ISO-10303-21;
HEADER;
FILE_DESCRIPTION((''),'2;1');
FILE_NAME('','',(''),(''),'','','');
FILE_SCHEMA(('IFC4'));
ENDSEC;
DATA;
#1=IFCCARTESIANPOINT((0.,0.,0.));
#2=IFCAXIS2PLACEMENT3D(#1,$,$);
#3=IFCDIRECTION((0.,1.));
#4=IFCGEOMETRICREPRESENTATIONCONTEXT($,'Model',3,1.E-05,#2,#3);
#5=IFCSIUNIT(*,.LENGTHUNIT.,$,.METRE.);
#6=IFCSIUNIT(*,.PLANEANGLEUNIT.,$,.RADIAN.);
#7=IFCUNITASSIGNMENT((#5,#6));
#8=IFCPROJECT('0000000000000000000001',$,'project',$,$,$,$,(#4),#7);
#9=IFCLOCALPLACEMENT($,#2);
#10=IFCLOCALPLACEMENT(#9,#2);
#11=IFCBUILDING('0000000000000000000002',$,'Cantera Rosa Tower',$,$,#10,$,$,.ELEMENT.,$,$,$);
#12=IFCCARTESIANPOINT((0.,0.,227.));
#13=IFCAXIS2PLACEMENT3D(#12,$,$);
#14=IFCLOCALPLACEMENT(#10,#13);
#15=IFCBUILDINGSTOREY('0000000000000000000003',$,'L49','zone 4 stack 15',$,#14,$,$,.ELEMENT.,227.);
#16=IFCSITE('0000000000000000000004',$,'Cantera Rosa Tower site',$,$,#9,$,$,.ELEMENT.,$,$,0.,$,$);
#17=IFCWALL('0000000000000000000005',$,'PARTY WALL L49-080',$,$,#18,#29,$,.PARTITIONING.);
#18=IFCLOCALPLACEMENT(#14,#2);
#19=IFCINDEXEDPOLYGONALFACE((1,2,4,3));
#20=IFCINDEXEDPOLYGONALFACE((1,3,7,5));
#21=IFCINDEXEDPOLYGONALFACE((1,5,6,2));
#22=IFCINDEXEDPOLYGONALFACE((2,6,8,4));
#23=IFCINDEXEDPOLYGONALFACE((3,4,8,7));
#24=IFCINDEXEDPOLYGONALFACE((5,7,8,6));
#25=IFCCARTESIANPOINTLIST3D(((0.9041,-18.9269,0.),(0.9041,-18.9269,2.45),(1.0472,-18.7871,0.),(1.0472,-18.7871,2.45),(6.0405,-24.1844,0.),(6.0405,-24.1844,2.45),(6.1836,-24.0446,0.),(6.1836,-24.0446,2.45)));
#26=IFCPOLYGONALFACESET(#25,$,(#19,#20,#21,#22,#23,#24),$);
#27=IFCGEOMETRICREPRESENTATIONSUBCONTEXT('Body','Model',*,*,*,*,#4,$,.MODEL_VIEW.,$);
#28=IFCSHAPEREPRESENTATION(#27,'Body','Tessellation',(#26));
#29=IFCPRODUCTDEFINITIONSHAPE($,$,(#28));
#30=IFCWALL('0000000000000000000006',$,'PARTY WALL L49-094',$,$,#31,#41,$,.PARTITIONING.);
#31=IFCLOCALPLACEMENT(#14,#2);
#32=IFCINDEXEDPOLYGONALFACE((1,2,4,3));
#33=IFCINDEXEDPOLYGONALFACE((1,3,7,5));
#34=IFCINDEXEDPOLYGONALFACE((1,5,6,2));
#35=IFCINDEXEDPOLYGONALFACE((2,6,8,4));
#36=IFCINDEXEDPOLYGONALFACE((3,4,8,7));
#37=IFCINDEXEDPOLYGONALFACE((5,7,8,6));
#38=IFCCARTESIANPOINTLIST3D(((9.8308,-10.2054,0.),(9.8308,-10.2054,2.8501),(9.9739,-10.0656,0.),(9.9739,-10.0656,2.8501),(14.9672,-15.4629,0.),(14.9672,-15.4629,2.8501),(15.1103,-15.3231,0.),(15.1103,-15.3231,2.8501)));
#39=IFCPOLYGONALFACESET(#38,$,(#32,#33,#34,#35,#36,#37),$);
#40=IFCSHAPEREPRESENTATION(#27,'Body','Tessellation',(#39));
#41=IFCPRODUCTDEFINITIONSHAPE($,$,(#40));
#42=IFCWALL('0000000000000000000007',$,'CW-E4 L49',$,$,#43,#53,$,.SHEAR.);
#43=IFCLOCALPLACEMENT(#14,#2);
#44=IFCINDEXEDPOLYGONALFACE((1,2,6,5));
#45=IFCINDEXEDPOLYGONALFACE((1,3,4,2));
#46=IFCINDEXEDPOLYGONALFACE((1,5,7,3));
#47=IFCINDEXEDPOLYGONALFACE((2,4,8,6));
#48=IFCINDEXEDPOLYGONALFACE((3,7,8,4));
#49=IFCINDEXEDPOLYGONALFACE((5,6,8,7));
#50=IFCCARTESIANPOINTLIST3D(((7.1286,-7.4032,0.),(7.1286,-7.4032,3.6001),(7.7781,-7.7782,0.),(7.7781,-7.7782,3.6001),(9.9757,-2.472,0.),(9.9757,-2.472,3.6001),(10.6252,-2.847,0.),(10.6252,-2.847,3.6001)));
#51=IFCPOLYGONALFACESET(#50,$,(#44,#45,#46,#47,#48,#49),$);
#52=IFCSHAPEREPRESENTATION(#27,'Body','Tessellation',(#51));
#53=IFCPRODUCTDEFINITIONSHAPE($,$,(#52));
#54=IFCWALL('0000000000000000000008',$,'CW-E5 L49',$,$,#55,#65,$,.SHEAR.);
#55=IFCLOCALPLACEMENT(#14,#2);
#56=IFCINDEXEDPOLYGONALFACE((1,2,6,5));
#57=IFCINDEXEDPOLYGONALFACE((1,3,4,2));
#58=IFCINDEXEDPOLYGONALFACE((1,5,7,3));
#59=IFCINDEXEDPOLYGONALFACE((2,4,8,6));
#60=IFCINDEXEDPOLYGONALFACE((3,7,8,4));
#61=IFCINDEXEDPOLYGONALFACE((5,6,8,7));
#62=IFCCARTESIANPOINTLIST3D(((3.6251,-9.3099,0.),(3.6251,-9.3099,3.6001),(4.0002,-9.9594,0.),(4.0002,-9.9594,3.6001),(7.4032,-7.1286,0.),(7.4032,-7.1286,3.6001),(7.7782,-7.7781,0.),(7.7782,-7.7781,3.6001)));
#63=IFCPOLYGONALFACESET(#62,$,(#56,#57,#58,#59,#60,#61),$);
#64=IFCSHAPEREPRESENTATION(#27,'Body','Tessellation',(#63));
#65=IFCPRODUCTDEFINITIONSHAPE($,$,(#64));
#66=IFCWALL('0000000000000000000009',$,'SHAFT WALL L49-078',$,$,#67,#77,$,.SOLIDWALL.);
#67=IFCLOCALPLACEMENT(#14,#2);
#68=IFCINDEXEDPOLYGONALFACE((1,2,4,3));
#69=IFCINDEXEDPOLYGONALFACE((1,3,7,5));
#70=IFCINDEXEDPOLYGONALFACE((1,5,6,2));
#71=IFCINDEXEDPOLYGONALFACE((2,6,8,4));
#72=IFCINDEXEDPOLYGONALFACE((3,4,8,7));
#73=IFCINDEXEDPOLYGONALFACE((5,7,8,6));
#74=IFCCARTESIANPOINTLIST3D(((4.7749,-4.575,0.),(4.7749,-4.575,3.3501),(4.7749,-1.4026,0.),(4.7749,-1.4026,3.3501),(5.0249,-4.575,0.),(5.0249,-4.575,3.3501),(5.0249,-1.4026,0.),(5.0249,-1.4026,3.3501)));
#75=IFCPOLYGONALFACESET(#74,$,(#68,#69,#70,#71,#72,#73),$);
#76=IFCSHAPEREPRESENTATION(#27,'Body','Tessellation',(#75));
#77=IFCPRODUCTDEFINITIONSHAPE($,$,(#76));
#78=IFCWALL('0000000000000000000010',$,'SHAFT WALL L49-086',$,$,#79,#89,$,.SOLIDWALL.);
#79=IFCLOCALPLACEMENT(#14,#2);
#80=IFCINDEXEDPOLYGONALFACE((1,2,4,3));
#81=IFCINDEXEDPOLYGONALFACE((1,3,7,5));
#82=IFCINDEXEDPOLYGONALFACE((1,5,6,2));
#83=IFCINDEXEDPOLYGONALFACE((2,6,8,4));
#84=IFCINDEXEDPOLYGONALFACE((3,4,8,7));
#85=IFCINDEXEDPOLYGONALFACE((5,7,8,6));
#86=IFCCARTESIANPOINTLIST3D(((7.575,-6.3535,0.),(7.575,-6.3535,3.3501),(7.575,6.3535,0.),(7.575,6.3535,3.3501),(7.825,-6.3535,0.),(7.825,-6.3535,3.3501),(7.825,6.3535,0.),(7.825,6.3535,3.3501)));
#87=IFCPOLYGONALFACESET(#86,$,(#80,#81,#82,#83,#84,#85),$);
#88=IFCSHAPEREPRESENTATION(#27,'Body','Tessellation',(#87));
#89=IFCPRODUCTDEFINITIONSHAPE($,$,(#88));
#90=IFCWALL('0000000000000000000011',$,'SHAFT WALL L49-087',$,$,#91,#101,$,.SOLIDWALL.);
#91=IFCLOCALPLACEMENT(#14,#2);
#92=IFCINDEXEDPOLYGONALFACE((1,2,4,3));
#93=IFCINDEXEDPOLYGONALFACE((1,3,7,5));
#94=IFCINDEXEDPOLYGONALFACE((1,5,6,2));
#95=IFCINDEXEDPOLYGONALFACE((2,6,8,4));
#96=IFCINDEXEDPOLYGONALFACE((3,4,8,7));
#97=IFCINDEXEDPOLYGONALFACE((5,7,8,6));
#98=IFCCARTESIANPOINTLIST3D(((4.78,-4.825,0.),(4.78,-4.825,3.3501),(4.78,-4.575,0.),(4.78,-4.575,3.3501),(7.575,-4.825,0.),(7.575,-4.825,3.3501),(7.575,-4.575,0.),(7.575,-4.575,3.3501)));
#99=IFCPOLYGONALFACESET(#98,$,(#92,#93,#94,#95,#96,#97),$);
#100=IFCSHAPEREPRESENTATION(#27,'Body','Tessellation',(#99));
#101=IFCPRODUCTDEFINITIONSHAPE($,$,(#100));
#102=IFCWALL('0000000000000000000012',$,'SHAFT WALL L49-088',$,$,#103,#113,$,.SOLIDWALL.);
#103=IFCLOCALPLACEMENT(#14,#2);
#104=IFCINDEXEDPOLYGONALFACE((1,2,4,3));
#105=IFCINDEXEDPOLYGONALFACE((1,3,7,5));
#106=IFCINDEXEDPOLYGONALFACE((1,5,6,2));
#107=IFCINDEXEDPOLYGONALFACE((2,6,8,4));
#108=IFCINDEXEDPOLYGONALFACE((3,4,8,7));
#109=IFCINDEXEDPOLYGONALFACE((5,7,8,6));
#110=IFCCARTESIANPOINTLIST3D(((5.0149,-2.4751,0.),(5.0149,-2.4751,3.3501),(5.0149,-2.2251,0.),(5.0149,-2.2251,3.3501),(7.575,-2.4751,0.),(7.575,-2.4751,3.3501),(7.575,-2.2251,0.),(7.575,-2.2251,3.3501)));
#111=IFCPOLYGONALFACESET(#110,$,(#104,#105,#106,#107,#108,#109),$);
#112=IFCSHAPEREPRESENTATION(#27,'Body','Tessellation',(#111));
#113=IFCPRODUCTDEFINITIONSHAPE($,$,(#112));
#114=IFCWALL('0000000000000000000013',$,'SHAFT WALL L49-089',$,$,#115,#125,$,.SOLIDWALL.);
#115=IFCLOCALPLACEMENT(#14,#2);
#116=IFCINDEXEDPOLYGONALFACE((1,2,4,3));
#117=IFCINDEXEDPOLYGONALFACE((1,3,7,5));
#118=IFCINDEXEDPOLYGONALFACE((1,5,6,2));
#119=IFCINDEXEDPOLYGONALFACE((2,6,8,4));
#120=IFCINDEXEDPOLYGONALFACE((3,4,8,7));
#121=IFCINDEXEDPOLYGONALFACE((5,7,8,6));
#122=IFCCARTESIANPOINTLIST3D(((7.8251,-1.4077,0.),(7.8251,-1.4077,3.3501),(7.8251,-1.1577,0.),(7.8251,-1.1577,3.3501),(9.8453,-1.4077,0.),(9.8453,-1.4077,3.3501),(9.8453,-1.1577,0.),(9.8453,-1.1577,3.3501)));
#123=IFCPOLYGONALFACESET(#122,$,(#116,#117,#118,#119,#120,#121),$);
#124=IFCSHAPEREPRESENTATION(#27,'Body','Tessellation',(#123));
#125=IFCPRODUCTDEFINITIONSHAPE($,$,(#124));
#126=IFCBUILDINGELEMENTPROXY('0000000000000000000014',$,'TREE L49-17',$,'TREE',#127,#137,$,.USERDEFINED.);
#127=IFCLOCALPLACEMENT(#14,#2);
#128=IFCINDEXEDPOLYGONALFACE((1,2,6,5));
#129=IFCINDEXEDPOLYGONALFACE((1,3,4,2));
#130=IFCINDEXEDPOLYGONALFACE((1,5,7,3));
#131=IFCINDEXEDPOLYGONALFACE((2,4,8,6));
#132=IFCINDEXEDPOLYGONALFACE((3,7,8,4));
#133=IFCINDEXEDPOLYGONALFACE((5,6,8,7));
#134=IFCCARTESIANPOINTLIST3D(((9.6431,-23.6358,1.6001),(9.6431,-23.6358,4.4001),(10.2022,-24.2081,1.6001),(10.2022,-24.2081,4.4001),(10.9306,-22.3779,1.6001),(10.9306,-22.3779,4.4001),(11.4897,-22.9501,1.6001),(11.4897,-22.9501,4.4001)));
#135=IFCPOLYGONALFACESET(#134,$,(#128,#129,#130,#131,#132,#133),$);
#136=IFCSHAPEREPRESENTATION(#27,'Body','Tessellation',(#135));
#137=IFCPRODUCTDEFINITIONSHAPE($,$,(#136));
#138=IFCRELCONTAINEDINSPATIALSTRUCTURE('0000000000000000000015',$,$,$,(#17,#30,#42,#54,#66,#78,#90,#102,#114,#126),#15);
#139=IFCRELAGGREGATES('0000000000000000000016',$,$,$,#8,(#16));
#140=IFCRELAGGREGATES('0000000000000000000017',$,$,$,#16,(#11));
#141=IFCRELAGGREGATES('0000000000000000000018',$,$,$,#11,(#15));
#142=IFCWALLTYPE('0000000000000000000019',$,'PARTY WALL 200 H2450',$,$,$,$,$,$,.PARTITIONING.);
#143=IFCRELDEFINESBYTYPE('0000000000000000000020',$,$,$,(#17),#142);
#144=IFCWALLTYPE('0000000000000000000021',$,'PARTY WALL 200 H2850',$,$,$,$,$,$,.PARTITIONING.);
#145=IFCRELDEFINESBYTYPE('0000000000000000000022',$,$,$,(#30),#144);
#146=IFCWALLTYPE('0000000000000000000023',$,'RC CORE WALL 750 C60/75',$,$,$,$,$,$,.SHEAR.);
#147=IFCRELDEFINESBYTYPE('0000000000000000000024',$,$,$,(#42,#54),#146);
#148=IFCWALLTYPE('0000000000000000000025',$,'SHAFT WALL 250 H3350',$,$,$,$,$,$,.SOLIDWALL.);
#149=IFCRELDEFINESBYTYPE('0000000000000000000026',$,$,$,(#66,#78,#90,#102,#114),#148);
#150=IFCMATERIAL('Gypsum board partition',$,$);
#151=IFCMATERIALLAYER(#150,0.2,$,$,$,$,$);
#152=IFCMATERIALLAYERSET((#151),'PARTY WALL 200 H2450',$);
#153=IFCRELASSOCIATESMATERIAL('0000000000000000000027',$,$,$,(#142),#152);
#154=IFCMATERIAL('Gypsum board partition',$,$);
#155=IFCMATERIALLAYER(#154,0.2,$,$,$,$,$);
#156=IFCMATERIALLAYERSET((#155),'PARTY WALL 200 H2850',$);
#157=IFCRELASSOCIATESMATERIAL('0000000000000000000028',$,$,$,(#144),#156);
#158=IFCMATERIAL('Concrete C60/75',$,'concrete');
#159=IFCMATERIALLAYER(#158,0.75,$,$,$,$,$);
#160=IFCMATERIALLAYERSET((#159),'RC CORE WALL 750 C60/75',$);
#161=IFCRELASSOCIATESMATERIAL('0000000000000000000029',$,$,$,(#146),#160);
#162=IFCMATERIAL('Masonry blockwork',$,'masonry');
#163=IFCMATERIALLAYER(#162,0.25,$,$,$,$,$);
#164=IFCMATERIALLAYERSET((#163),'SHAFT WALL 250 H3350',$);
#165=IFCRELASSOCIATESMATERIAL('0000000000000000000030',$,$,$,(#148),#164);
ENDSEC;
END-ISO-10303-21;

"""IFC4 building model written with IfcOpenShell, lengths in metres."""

from ifc_helpers import new_model, si_unit, direction, frame, frame_2d, origin, origin_2d, place, context, subcontext, project, spatial, rectangle, extrude, material, layer, layer_set, type_object, element, save


model = new_model("IFC4")

# Units and contexts
model_context = context("Model", 3, precision=1e-05, world=origin(), true_north=direction((0.0, 1.0)))
body_context = subcontext(model_context, "Body", "Model", "MODEL_VIEW")
ifc_project = project(units=[si_unit("LENGTHUNIT", "METRE"), si_unit("PLANEANGLEUNIT", "RADIAN")], contexts=[model_context])

# Site, building, storey
site_placement = place(None, origin())
site = spatial("IfcSite", under=ifc_project, at=site_placement, Name="Cantera Rosa Tower site", CompositionType="ELEMENT", RefElevation=0.0)
building_placement = place(site_placement, origin())
building = spatial("IfcBuilding", under=site, at=building_placement, Name="Cantera Rosa Tower", CompositionType="ELEMENT")
storey_placement = place(building_placement, frame((0.0, 0.0, 227.0)))
storey = spatial("IfcBuildingStorey", under=building, at=storey_placement, Name="L49", Description="zone 4 stack 15", CompositionType="ELEMENT", Elevation=227.0)

# Walls
ifc_material_1 = material(Name="Gypsum board partition")
ifc_layer_1 = layer(ifc_material_1, 0.2)
ifc_layer_set_1 = layer_set([ifc_layer_1], Name="PARTY WALL 200 H2450")
wall_type_1 = type_object("IfcWallType", Name="PARTY WALL 200 H2450", PredefinedType="PARTITIONING", material=ifc_layer_set_1)
wall_1_placement = place(storey_placement, frame((6.1121, -24.1145, 0.0), z_axis=(0.0, 0.0, 1.0), x_axis=(-0.698821, 0.715296, 0.0)))
element("IfcWall", 1, at=wall_1_placement, inside=storey, type_object=wall_type_1, Name="PARTY WALL L49-080", PredefinedType="PARTITIONING", context=body_context, shape_type="SweptSolid", body=[
    extrude(rectangle(XDim=7.3501, YDim=0.2, at=frame_2d((3.675, 0.0))), origin(), (0.0, 0.0, 1.0), 2.45),
])
ifc_material_2 = material(Name="Gypsum board partition")
ifc_layer_2 = layer(ifc_material_2, 0.2)
ifc_layer_set_2 = layer_set([ifc_layer_2], Name="PARTY WALL 200 H2850")
wall_type_2 = type_object("IfcWallType", Name="PARTY WALL 200 H2850", PredefinedType="PARTITIONING", material=ifc_layer_set_2)
wall_2_placement = place(storey_placement, frame((9.9023, -10.1355, 0.0), z_axis=(0.0, 0.0, 1.0), x_axis=(0.698821, -0.715296, 0.0)))
element("IfcWall", 2, at=wall_2_placement, inside=storey, type_object=wall_type_2, Name="PARTY WALL L49-094", PredefinedType="PARTITIONING", context=body_context, shape_type="SweptSolid", body=[
    extrude(rectangle(XDim=7.3501, YDim=0.2, at=frame_2d((3.675, 0.0))), origin(), (0.0, 0.0, 1.0), 2.8501),
])
ifc_material_3 = material(Name="Concrete C60/75", Category="concrete")
ifc_layer_3 = layer(ifc_material_3, 0.75)
ifc_layer_set_3 = layer_set([ifc_layer_3], Name="RC CORE WALL 750 C60/75")
wall_type_3 = type_object("IfcWallType", Name="RC CORE WALL 750 C60/75", PredefinedType="SHEAR", material=ifc_layer_set_3)
wall_3_placement = place(storey_placement, frame((10.3005, -2.6594, 0.0), z_axis=(0.0, 0.0, 1.0), x_axis=(-0.500022, -0.866013, 0.0)))
element("IfcWall", 3, at=wall_3_placement, inside=storey, type_object=wall_type_3, Name="CW-E4 L49", PredefinedType="SHEAR", context=body_context, shape_type="SweptSolid", body=[
    extrude(rectangle(XDim=5.6941, YDim=0.75, at=frame_2d((2.8472, 0.0))), origin(), (0.0, 0.0, 1.0), 3.6001),
])
wall_4_placement = place(storey_placement, frame((7.5906, -7.4534, 0.0), z_axis=(0.0, 0.0, 1.0), x_axis=(-0.866013, -0.500021, 0.0)))
element("IfcWall", 4, at=wall_4_placement, inside=storey, type_object=wall_type_3, Name="CW-E5 L49", PredefinedType="SHEAR", context=body_context, shape_type="SweptSolid", body=[
    extrude(rectangle(XDim=4.3625, YDim=0.75, at=frame_2d((2.1812, 0.0))), origin(), (0.0, 0.0, 1.0), 3.6001),
])
ifc_material_4 = material(Name="Masonry blockwork", Category="masonry")
ifc_layer_4 = layer(ifc_material_4, 0.25)
ifc_layer_set_4 = layer_set([ifc_layer_4], Name="SHAFT WALL 250 H3350")
wall_type_4 = type_object("IfcWallType", Name="SHAFT WALL 250 H3350", PredefinedType="SOLIDWALL", material=ifc_layer_set_4)
wall_5_placement = place(storey_placement, frame((4.8999, -1.4026, 0.0), z_axis=(0.0, 0.0, 1.0), x_axis=(0.0, -1.0, 0.0)))
element("IfcWall", 5, at=wall_5_placement, inside=storey, type_object=wall_type_4, Name="SHAFT WALL L49-078", PredefinedType="SOLIDWALL", context=body_context, shape_type="SweptSolid", body=[
    extrude(rectangle(XDim=3.1724, YDim=0.25, at=frame_2d((1.5862, 0.0))), origin(), (0.0, 0.0, 1.0), 3.3501),
])
wall_6_placement = place(storey_placement, frame((7.7, -6.3535, 0.0), z_axis=(0.0, 0.0, 1.0), x_axis=(0.0, 1.0, 0.0)))
element("IfcWall", 6, at=wall_6_placement, inside=storey, type_object=wall_type_4, Name="SHAFT WALL L49-086", PredefinedType="SOLIDWALL", context=body_context, shape_type="SweptSolid", body=[
    extrude(rectangle(XDim=12.707, YDim=0.25, at=frame_2d((6.3535, 0.0))), origin(), (0.0, 0.0, 1.0), 3.3501),
])
wall_7_placement = place(storey_placement, frame((7.575, -4.7, 0.0), z_axis=(0.0, 0.0, 1.0), x_axis=(-1.0, 0.0, 0.0)))
element("IfcWall", 7, at=wall_7_placement, inside=storey, type_object=wall_type_4, Name="SHAFT WALL L49-087", PredefinedType="SOLIDWALL", context=body_context, shape_type="SweptSolid", body=[
    extrude(rectangle(XDim=2.7949, YDim=0.25, at=frame_2d((1.3975, 0.0))), origin(), (0.0, 0.0, 1.0), 3.3501),
])
wall_8_placement = place(storey_placement, frame((7.575, -2.3501, 0.0), z_axis=(0.0, 0.0, 1.0), x_axis=(-1.0, 0.0, 0.0)))
element("IfcWall", 8, at=wall_8_placement, inside=storey, type_object=wall_type_4, Name="SHAFT WALL L49-088", PredefinedType="SOLIDWALL", context=body_context, shape_type="SweptSolid", body=[
    extrude(rectangle(XDim=2.5601, YDim=0.25, at=frame_2d((1.28, 0.0))), origin(), (0.0, 0.0, 1.0), 3.3501),
])
wall_9_placement = place(storey_placement, frame((7.825, -1.2827, 0.0), z_axis=(0.0, 0.0, 1.0), x_axis=(1.0, 0.0, 0.0)))
element("IfcWall", 9, at=wall_9_placement, inside=storey, type_object=wall_type_4, Name="SHAFT WALL L49-089", PredefinedType="SOLIDWALL", context=body_context, shape_type="SweptSolid", body=[
    extrude(rectangle(XDim=2.0203, YDim=0.25, at=frame_2d((1.0103, 0.0))), origin(), (0.0, 0.0, 1.0), 3.3501),
])

# Building element proxy
proxy_placement = place(storey_placement, frame((10.5664, -23.293, 1.6001), z_axis=(0.0, 0.0, 1.0), x_axis=(0.715286, 0.698832, 0.0)))
element("IfcBuildingElementProxy", 10, at=proxy_placement, inside=storey, Name="TREE L49-17", ObjectType="TREE", PredefinedType="USERDEFINED", context=body_context, shape_type="SweptSolid", body=[
    extrude(rectangle(XDim=1.8, YDim=0.8, at=origin_2d()), origin(), (0.0, 0.0, 1.0), 2.8),
])

save(model, "model.ifc")
